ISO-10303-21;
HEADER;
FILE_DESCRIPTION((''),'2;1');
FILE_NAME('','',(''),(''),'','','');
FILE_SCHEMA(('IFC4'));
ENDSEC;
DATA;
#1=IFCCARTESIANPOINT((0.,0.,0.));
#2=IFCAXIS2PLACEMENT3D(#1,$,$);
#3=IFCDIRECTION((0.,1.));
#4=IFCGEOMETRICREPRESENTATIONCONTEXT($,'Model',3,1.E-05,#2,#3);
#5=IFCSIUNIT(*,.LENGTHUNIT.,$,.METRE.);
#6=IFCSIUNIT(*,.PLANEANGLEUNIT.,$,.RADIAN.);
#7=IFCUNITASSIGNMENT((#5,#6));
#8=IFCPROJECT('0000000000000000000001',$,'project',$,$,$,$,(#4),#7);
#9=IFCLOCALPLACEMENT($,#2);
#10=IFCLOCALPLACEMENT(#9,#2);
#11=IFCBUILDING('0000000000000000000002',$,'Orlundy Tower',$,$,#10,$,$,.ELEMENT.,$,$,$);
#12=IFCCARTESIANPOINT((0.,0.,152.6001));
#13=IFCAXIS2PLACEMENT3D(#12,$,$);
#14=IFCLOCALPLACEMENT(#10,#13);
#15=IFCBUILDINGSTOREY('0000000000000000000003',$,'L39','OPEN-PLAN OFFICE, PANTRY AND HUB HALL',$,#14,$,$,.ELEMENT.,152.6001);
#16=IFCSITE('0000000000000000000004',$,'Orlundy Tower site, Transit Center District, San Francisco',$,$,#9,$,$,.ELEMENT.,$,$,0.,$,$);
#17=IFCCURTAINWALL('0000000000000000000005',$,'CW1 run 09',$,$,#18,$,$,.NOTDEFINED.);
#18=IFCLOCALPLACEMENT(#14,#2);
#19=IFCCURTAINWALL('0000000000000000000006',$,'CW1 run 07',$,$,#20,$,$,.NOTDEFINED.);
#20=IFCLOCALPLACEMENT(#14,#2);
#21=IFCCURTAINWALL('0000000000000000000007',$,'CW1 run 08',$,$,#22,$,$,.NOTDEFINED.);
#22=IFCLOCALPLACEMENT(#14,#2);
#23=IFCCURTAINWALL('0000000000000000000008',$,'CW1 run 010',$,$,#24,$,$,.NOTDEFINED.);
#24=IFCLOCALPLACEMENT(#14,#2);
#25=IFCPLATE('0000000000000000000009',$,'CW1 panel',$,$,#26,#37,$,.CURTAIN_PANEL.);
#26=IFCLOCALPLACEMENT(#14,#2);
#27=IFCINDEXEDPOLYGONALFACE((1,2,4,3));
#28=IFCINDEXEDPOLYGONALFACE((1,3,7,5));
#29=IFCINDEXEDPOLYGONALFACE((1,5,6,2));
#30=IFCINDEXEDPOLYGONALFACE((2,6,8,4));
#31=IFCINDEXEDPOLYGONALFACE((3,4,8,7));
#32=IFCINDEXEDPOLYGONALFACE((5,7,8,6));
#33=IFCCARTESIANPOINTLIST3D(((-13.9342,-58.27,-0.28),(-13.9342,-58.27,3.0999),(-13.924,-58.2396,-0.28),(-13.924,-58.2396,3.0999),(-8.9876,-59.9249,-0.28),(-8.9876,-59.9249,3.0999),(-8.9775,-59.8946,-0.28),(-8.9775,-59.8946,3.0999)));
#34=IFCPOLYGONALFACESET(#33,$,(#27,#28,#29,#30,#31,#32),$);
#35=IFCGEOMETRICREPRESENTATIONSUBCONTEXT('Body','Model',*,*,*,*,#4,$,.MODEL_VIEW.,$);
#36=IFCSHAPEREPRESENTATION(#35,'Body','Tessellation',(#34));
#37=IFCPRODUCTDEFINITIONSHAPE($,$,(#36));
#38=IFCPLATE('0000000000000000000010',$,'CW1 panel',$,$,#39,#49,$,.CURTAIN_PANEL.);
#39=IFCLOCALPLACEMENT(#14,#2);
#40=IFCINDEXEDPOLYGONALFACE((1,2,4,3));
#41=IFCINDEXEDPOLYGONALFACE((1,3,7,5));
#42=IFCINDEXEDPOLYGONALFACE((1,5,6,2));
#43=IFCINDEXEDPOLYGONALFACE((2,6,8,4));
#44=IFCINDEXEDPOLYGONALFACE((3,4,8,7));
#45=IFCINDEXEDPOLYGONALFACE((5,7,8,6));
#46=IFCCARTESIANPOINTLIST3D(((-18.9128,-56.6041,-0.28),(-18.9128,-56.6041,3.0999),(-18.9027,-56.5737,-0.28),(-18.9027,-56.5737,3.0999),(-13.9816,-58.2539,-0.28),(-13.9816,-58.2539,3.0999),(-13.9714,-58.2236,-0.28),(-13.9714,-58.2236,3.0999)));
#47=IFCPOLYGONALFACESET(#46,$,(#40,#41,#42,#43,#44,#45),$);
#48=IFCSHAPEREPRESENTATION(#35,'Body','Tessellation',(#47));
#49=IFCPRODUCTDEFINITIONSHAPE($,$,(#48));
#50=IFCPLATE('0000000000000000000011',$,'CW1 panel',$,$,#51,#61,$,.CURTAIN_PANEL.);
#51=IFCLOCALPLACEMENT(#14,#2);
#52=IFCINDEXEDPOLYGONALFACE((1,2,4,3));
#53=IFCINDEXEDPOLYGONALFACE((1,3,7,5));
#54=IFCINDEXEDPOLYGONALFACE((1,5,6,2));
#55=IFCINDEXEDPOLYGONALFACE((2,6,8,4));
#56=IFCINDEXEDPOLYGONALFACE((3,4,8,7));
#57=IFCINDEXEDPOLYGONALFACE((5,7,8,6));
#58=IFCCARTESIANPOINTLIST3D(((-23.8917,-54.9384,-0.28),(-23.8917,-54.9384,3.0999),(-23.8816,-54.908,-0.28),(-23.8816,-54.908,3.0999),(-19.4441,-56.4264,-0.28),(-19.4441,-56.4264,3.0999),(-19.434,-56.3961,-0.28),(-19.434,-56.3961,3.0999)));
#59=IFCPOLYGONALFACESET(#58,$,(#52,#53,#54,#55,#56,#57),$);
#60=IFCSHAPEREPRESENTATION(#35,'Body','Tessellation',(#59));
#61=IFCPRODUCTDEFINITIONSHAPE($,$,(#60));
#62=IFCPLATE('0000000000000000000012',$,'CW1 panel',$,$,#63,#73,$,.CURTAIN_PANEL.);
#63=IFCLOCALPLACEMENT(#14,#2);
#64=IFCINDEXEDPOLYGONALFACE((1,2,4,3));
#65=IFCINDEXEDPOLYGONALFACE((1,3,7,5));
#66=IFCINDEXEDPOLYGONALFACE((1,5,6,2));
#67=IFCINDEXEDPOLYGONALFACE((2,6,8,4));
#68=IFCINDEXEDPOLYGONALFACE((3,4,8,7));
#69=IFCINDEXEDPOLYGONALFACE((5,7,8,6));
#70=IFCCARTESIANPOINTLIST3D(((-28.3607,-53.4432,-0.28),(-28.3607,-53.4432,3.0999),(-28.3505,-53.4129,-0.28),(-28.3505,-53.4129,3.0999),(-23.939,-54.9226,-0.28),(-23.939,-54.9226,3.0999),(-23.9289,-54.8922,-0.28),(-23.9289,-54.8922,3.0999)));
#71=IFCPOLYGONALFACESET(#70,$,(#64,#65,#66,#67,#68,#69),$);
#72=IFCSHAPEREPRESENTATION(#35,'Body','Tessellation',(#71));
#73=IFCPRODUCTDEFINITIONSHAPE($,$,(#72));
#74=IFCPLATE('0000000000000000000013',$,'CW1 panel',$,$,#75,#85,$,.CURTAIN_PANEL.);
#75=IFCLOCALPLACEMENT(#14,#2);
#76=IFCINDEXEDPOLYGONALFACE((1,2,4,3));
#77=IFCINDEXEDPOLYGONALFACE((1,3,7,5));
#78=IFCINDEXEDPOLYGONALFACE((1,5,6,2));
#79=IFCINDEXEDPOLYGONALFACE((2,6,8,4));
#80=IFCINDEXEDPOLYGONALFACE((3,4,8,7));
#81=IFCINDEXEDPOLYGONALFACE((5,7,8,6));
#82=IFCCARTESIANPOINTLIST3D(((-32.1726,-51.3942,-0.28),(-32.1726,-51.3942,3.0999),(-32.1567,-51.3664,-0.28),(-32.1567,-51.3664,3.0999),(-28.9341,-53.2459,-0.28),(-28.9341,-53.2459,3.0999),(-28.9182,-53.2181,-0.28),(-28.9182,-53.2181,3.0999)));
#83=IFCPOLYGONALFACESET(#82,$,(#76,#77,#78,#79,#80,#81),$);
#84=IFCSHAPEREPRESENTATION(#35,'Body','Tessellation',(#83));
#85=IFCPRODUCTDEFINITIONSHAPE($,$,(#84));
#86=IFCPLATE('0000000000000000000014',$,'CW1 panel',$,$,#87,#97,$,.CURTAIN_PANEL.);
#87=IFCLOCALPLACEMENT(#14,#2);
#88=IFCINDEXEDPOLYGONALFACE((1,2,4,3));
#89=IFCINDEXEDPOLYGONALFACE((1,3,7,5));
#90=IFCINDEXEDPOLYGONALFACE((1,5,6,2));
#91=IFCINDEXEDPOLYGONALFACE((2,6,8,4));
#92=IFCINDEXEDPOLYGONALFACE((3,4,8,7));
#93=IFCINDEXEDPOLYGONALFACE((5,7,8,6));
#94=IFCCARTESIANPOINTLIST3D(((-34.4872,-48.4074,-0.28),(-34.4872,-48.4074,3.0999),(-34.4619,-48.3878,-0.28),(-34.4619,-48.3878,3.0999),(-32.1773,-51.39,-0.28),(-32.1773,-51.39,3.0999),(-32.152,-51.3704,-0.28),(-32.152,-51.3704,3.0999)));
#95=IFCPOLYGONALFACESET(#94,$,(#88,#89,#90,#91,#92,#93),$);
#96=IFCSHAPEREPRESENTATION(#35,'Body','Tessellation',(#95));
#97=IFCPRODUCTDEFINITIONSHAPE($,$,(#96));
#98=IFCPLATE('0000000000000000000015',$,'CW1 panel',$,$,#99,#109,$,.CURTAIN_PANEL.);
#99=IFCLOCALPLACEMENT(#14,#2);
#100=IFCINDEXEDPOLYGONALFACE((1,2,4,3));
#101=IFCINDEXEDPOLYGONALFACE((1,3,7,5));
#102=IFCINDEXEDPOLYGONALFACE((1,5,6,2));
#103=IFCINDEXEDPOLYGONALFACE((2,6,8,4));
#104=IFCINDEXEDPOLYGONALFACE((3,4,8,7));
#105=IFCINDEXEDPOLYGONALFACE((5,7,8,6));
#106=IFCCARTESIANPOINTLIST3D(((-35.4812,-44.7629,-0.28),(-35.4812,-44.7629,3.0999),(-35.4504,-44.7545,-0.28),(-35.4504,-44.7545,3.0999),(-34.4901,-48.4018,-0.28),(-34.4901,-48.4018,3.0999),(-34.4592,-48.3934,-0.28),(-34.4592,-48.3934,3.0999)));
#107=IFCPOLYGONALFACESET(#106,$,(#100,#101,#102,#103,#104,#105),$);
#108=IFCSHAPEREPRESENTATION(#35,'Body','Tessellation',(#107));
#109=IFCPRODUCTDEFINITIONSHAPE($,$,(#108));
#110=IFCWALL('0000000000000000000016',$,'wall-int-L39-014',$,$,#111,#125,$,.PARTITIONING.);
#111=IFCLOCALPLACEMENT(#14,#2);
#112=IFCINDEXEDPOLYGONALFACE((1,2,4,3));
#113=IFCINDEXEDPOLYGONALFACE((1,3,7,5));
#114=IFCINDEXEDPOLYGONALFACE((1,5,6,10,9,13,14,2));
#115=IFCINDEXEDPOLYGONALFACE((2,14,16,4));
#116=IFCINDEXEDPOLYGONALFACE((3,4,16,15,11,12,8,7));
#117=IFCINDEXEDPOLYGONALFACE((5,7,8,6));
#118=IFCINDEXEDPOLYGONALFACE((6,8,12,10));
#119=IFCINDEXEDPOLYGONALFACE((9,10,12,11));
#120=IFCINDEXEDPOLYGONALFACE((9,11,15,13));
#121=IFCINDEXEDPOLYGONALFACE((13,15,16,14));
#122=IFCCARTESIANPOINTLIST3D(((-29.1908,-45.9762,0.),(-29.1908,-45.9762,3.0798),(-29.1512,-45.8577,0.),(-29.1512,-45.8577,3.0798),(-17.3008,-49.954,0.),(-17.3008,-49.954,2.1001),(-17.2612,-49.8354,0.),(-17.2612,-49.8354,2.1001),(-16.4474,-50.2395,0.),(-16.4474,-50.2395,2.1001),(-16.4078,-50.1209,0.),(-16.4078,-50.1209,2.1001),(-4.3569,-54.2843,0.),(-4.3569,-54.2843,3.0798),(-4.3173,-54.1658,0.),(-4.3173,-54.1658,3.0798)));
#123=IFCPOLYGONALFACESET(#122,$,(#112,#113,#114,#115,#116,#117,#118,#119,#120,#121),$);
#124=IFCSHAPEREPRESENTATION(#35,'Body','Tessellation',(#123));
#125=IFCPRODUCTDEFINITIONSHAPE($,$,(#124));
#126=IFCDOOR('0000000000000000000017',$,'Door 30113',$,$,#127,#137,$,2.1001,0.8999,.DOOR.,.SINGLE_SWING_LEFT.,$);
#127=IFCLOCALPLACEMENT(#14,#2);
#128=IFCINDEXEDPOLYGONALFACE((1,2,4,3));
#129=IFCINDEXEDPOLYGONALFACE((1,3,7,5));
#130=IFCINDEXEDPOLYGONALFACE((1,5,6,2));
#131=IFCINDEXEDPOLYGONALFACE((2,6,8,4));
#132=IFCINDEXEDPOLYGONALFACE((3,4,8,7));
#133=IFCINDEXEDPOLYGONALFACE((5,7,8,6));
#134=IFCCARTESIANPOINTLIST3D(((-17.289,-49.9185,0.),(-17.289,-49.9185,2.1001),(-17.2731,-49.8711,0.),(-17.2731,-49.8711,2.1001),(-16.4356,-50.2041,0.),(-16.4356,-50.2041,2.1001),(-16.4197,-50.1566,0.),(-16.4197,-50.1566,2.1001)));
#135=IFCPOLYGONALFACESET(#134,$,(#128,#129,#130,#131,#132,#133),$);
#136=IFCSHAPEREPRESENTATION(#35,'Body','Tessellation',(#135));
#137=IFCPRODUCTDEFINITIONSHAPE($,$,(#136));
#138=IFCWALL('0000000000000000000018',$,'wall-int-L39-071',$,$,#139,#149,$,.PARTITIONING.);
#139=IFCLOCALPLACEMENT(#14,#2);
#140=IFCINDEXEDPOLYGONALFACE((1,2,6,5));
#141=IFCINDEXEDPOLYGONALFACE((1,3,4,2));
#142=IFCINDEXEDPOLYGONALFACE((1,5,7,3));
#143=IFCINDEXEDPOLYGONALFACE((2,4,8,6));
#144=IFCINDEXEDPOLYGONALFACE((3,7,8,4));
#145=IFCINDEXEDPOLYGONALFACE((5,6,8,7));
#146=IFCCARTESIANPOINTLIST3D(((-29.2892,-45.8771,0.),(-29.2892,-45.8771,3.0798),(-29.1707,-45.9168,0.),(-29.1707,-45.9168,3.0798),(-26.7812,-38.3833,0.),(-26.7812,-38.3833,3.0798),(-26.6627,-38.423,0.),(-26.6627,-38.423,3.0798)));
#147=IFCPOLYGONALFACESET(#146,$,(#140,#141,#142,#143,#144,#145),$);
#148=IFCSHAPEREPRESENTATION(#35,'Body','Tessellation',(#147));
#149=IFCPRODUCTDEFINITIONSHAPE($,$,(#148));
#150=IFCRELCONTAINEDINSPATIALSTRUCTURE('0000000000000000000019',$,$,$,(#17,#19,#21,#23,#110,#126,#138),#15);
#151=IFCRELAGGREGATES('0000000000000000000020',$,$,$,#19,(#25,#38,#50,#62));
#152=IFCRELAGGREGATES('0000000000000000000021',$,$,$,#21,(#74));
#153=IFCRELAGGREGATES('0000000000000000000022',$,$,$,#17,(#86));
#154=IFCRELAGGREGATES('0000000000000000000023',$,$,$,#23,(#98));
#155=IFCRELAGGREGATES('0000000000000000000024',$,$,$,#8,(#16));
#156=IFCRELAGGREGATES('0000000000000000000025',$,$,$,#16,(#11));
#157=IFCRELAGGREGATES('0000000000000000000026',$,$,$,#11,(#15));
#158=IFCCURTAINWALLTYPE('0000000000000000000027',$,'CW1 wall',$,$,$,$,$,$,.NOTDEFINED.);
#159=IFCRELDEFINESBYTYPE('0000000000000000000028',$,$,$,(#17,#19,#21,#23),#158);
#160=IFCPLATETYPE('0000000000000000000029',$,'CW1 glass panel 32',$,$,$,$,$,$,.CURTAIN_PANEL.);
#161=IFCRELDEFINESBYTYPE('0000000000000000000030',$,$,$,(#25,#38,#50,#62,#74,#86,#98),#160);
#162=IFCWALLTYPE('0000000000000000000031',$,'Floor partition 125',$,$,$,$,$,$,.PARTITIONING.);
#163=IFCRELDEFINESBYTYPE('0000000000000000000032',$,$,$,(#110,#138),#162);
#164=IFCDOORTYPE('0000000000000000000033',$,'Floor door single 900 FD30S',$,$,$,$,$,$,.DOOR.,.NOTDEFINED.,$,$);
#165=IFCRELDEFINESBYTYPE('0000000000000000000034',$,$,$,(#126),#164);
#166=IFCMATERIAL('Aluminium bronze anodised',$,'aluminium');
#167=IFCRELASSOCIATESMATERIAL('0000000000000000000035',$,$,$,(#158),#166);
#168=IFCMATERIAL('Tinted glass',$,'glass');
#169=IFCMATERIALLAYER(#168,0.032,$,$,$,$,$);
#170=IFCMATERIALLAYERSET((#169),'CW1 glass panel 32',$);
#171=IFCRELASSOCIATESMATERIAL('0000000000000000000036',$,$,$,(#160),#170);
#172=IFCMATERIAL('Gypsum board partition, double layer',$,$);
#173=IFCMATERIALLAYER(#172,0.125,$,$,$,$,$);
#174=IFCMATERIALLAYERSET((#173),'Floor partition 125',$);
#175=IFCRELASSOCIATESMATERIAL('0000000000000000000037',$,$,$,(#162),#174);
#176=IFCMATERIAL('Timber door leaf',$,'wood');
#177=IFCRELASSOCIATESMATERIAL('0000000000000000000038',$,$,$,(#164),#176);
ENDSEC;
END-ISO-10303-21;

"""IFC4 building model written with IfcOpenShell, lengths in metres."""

from ifc_helpers import new_model, si_unit, direction, frame, frame_2d, origin, origin_2d, place, context, subcontext, project, spatial, rectangle, extrude, material, layer, layer_set, type_object, element, fill, aggregate, save


model = new_model("IFC4")

# Units and contexts
model_context = context("Model", 3, precision=1e-05, world=origin(), true_north=direction((0.0, 1.0)))
body_context = subcontext(model_context, "Body", "Model", "MODEL_VIEW")
ifc_project = project(units=[si_unit("LENGTHUNIT", "METRE"), si_unit("PLANEANGLEUNIT", "RADIAN")], contexts=[model_context])

# Site, building, storey
site_placement = place(None, origin())
site = spatial("IfcSite", under=ifc_project, at=site_placement, Name="Orlundy Tower site, Transit Center District, San Francisco", CompositionType="ELEMENT", RefElevation=0.0)
building_placement = place(site_placement, origin())
building = spatial("IfcBuilding", under=site, at=building_placement, Name="Orlundy Tower", CompositionType="ELEMENT")
storey_placement = place(building_placement, frame((0.0, 0.0, 152.6001)))
storey = spatial("IfcBuildingStorey", under=building, at=storey_placement, Name="L39", Description="OPEN-PLAN OFFICE, PANTRY AND HUB HALL", CompositionType="ELEMENT", Elevation=152.6001)

# Curtain wall
ifc_material_1 = material(Name="Aluminium bronze anodised", Category="aluminium")
curtain_wall_type = type_object("IfcCurtainWallType", Name="CW1 wall", PredefinedType="NOTDEFINED", material=ifc_material_1)
curtain_wall_1_placement = place(storey_placement, origin())
curtain_wall_1 = element("IfcCurtainWall", 1, at=curtain_wall_1_placement, inside=storey, type_object=curtain_wall_type, Name="CW1 run 09", PredefinedType="NOTDEFINED")

# Curtain walls
curtain_wall_2_placement = place(storey_placement, origin())
curtain_wall_2 = element("IfcCurtainWall", 2, at=curtain_wall_2_placement, inside=storey, type_object=curtain_wall_type, Name="CW1 run 07", PredefinedType="NOTDEFINED")
curtain_wall_3_placement = place(storey_placement, origin())
curtain_wall_3 = element("IfcCurtainWall", 3, at=curtain_wall_3_placement, inside=storey, type_object=curtain_wall_type, Name="CW1 run 08", PredefinedType="NOTDEFINED")

# Curtain wall
curtain_wall_4_placement = place(storey_placement, origin())
curtain_wall_4 = element("IfcCurtainWall", 4, at=curtain_wall_4_placement, inside=storey, type_object=curtain_wall_type, Name="CW1 run 010", PredefinedType="NOTDEFINED")

# Plates
ifc_material_2 = material(Name="Tinted glass", Category="glass")
ifc_layer_1 = layer(ifc_material_2, 0.032)
ifc_layer_set_1 = layer_set([ifc_layer_1], Name="CW1 glass panel 32")
plate_type = type_object("IfcPlateType", Name="CW1 glass panel 32", PredefinedType="CURTAIN_PANEL", material=ifc_layer_set_1)
plate_1_placement = place(storey_placement, frame((-11.4558, -59.0823, -0.28), z_axis=(0.0, 0.0, 1.0), x_axis=(-0.94833, 0.317285, 0.0)))
plate_1 = element("IfcPlate", 5, at=plate_1_placement, type_object=plate_type, Name="CW1 panel", PredefinedType="CURTAIN_PANEL", context=body_context, shape_type="SweptSolid", body=[
    extrude(rectangle(XDim=5.2161, YDim=0.032, at=origin_2d()), origin(), (0.0, 0.0, 1.0), 3.3799),
])
plate_2_placement = place(storey_placement, frame((-16.4421, -57.4138, -0.28), z_axis=(0.0, 0.0, 1.0), x_axis=(-0.94833, 0.317285, 0.0)))
plate_2 = element("IfcPlate", 6, at=plate_2_placement, type_object=plate_type, Name="CW1 panel", PredefinedType="CURTAIN_PANEL", context=body_context, shape_type="SweptSolid", body=[
    extrude(rectangle(XDim=5.2, YDim=0.032, at=origin_2d()), origin(), (0.0, 0.0, 1.0), 3.3799),
])
plate_3_placement = place(storey_placement, frame((-21.6628, -55.6672, -0.28), z_axis=(0.0, 0.0, 1.0), x_axis=(-0.94833, 0.317285, 0.0)))
plate_3 = element("IfcPlate", 7, at=plate_3_placement, type_object=plate_type, Name="CW1 panel", PredefinedType="CURTAIN_PANEL", context=body_context, shape_type="SweptSolid", body=[
    extrude(rectangle(XDim=4.6899, YDim=0.032, at=origin_2d()), origin(), (0.0, 0.0, 1.0), 3.3799),
])
plate_4_placement = place(storey_placement, frame((-26.1448, -54.1677, -0.28), z_axis=(0.0, 0.0, 1.0), x_axis=(-0.94833, 0.317285, 0.0)))
plate_4 = element("IfcPlate", 8, at=plate_4_placement, type_object=plate_type, Name="CW1 panel", PredefinedType="CURTAIN_PANEL", context=body_context, shape_type="SweptSolid", body=[
    extrude(rectangle(XDim=4.6626, YDim=0.032, at=origin_2d()), origin(), (0.0, 0.0, 1.0), 3.3799),
])
aggregate(curtain_wall_2, [plate_1, plate_2, plate_3, plate_4])
plate_5_placement = place(storey_placement, frame((-30.5454, -52.3062, -0.28), z_axis=(0.0, 0.0, 1.0), x_axis=(-0.86811, 0.496371, 0.0)))
plate_5 = element("IfcPlate", 9, at=plate_5_placement, type_object=plate_type, Name="CW1 panel", PredefinedType="CURTAIN_PANEL", context=body_context, shape_type="SweptSolid", body=[
    extrude(rectangle(XDim=3.7305, YDim=0.032, at=origin_2d()), origin(), (0.0, 0.0, 1.0), 3.3799),
])
aggregate(curtain_wall_3, [plate_5])
plate_6_placement = place(storey_placement, frame((-33.3196, -49.8889, -0.28), z_axis=(0.0, 0.0, 1.0), x_axis=(-0.612315, 0.790614, 0.0)))
plate_6 = element("IfcPlate", 10, at=plate_6_placement, type_object=plate_type, Name="CW1 panel", PredefinedType="CURTAIN_PANEL", context=body_context, shape_type="SweptSolid", body=[
    extrude(rectangle(XDim=3.7725, YDim=0.032, at=origin_2d()), origin(), (0.0, 0.0, 1.0), 3.3799),
])
aggregate(curtain_wall_1, [plate_6])
plate_7_placement = place(storey_placement, frame((-34.9702, -46.5781, -0.28), z_axis=(0.0, 0.0, 1.0), x_axis=(-0.262798, 0.964851, 0.0)))
plate_7 = element("IfcPlate", 11, at=plate_7_placement, type_object=plate_type, Name="CW1 panel", PredefinedType="CURTAIN_PANEL", context=body_context, shape_type="SweptSolid", body=[
    extrude(rectangle(XDim=3.7715, YDim=0.032, at=origin_2d()), origin(), (0.0, 0.0, 1.0), 3.3799),
])
aggregate(curtain_wall_4, [plate_7])

# Wall, opening, door
ifc_material_3 = material(Name="Gypsum board partition, double layer")
ifc_layer_2 = layer(ifc_material_3, 0.125)
ifc_layer_set_2 = layer_set([ifc_layer_2], Name="Floor partition 125")
wall_type_1 = type_object("IfcWallType", Name="Floor partition 125", PredefinedType="PARTITIONING", material=ifc_layer_set_2)
wall_1_placement = place(storey_placement, frame((-29.1709, -45.917, 0.0), z_axis=(0.0, 0.0, 1.0), x_axis=(0.948338, -0.317262, 0.0)))
wall_1 = element("IfcWall", 12, at=wall_1_placement, inside=storey, type_object=wall_type_1, Name="wall-int-L39-014", PredefinedType="PARTITIONING", context=body_context, shape_type="SweptSolid", body=[
    extrude(rectangle(XDim=26.1868, YDim=0.125, at=frame_2d((13.0933, 0.0))), origin(), (0.0, 0.0, 1.0), 3.0798),
])
opening_1_placement = place(wall_1_placement, frame((12.5376, 0.0, 0.0)))
opening_1 = element("IfcOpeningElement", 13, at=opening_1_placement, cuts=wall_1, PredefinedType="OPENING", context=body_context, shape_type="SweptSolid", body=[
    extrude(rectangle(XDim=0.8999, YDim=2.1001, at=frame_2d((0.45, 1.05))), frame((0.0, 0.0725, 0.0), z_axis=(0.0, -1.0, 0.0), x_axis=(1.0, 0.0, 0.0)), (0.0, 0.0, 1.0), 0.145),
])
ifc_material_4 = material(Name="Timber door leaf", Category="wood")
door_type_1 = type_object("IfcDoorType", Name="Floor door single 900 FD30S", OperationType="NOTDEFINED", PredefinedType="DOOR", material=ifc_material_4)
door_1_placement = place(opening_1_placement, origin())
door_1 = element("IfcDoor", 14, at=door_1_placement, inside=storey, type_object=door_type_1, Name="Door 30113", OperationType="SINGLE_SWING_LEFT", OverallHeight=2.1001, OverallWidth=0.8999, PredefinedType="DOOR", context=body_context, shape_type="SweptSolid", body=[
    extrude(rectangle(XDim=0.8999, YDim=2.1001, at=frame_2d((0.45, 1.05))), frame((0.0, 0.0249, 0.0), z_axis=(0.0, -1.0, 0.0), x_axis=(1.0, 0.0, 0.0)), (0.0, 0.0, 1.0), 0.05),
])
fill(opening_1, door_1)

# Wall
wall_2_placement = place(storey_placement, frame((-29.23, -45.897, 0.0), z_axis=(0.0, 0.0, 1.0), x_axis=(0.317377, 0.9483, 0.0)))
element("IfcWall", 15, at=wall_2_placement, inside=storey, type_object=wall_type_1, Name="wall-int-L39-071", PredefinedType="PARTITIONING", context=body_context, shape_type="SweptSolid", body=[
    extrude(rectangle(XDim=7.9023, YDim=0.125, at=frame_2d((3.9512, 0.0))), origin(), (0.0, 0.0, 1.0), 3.0798),
])

save(model, "model.ifc")
